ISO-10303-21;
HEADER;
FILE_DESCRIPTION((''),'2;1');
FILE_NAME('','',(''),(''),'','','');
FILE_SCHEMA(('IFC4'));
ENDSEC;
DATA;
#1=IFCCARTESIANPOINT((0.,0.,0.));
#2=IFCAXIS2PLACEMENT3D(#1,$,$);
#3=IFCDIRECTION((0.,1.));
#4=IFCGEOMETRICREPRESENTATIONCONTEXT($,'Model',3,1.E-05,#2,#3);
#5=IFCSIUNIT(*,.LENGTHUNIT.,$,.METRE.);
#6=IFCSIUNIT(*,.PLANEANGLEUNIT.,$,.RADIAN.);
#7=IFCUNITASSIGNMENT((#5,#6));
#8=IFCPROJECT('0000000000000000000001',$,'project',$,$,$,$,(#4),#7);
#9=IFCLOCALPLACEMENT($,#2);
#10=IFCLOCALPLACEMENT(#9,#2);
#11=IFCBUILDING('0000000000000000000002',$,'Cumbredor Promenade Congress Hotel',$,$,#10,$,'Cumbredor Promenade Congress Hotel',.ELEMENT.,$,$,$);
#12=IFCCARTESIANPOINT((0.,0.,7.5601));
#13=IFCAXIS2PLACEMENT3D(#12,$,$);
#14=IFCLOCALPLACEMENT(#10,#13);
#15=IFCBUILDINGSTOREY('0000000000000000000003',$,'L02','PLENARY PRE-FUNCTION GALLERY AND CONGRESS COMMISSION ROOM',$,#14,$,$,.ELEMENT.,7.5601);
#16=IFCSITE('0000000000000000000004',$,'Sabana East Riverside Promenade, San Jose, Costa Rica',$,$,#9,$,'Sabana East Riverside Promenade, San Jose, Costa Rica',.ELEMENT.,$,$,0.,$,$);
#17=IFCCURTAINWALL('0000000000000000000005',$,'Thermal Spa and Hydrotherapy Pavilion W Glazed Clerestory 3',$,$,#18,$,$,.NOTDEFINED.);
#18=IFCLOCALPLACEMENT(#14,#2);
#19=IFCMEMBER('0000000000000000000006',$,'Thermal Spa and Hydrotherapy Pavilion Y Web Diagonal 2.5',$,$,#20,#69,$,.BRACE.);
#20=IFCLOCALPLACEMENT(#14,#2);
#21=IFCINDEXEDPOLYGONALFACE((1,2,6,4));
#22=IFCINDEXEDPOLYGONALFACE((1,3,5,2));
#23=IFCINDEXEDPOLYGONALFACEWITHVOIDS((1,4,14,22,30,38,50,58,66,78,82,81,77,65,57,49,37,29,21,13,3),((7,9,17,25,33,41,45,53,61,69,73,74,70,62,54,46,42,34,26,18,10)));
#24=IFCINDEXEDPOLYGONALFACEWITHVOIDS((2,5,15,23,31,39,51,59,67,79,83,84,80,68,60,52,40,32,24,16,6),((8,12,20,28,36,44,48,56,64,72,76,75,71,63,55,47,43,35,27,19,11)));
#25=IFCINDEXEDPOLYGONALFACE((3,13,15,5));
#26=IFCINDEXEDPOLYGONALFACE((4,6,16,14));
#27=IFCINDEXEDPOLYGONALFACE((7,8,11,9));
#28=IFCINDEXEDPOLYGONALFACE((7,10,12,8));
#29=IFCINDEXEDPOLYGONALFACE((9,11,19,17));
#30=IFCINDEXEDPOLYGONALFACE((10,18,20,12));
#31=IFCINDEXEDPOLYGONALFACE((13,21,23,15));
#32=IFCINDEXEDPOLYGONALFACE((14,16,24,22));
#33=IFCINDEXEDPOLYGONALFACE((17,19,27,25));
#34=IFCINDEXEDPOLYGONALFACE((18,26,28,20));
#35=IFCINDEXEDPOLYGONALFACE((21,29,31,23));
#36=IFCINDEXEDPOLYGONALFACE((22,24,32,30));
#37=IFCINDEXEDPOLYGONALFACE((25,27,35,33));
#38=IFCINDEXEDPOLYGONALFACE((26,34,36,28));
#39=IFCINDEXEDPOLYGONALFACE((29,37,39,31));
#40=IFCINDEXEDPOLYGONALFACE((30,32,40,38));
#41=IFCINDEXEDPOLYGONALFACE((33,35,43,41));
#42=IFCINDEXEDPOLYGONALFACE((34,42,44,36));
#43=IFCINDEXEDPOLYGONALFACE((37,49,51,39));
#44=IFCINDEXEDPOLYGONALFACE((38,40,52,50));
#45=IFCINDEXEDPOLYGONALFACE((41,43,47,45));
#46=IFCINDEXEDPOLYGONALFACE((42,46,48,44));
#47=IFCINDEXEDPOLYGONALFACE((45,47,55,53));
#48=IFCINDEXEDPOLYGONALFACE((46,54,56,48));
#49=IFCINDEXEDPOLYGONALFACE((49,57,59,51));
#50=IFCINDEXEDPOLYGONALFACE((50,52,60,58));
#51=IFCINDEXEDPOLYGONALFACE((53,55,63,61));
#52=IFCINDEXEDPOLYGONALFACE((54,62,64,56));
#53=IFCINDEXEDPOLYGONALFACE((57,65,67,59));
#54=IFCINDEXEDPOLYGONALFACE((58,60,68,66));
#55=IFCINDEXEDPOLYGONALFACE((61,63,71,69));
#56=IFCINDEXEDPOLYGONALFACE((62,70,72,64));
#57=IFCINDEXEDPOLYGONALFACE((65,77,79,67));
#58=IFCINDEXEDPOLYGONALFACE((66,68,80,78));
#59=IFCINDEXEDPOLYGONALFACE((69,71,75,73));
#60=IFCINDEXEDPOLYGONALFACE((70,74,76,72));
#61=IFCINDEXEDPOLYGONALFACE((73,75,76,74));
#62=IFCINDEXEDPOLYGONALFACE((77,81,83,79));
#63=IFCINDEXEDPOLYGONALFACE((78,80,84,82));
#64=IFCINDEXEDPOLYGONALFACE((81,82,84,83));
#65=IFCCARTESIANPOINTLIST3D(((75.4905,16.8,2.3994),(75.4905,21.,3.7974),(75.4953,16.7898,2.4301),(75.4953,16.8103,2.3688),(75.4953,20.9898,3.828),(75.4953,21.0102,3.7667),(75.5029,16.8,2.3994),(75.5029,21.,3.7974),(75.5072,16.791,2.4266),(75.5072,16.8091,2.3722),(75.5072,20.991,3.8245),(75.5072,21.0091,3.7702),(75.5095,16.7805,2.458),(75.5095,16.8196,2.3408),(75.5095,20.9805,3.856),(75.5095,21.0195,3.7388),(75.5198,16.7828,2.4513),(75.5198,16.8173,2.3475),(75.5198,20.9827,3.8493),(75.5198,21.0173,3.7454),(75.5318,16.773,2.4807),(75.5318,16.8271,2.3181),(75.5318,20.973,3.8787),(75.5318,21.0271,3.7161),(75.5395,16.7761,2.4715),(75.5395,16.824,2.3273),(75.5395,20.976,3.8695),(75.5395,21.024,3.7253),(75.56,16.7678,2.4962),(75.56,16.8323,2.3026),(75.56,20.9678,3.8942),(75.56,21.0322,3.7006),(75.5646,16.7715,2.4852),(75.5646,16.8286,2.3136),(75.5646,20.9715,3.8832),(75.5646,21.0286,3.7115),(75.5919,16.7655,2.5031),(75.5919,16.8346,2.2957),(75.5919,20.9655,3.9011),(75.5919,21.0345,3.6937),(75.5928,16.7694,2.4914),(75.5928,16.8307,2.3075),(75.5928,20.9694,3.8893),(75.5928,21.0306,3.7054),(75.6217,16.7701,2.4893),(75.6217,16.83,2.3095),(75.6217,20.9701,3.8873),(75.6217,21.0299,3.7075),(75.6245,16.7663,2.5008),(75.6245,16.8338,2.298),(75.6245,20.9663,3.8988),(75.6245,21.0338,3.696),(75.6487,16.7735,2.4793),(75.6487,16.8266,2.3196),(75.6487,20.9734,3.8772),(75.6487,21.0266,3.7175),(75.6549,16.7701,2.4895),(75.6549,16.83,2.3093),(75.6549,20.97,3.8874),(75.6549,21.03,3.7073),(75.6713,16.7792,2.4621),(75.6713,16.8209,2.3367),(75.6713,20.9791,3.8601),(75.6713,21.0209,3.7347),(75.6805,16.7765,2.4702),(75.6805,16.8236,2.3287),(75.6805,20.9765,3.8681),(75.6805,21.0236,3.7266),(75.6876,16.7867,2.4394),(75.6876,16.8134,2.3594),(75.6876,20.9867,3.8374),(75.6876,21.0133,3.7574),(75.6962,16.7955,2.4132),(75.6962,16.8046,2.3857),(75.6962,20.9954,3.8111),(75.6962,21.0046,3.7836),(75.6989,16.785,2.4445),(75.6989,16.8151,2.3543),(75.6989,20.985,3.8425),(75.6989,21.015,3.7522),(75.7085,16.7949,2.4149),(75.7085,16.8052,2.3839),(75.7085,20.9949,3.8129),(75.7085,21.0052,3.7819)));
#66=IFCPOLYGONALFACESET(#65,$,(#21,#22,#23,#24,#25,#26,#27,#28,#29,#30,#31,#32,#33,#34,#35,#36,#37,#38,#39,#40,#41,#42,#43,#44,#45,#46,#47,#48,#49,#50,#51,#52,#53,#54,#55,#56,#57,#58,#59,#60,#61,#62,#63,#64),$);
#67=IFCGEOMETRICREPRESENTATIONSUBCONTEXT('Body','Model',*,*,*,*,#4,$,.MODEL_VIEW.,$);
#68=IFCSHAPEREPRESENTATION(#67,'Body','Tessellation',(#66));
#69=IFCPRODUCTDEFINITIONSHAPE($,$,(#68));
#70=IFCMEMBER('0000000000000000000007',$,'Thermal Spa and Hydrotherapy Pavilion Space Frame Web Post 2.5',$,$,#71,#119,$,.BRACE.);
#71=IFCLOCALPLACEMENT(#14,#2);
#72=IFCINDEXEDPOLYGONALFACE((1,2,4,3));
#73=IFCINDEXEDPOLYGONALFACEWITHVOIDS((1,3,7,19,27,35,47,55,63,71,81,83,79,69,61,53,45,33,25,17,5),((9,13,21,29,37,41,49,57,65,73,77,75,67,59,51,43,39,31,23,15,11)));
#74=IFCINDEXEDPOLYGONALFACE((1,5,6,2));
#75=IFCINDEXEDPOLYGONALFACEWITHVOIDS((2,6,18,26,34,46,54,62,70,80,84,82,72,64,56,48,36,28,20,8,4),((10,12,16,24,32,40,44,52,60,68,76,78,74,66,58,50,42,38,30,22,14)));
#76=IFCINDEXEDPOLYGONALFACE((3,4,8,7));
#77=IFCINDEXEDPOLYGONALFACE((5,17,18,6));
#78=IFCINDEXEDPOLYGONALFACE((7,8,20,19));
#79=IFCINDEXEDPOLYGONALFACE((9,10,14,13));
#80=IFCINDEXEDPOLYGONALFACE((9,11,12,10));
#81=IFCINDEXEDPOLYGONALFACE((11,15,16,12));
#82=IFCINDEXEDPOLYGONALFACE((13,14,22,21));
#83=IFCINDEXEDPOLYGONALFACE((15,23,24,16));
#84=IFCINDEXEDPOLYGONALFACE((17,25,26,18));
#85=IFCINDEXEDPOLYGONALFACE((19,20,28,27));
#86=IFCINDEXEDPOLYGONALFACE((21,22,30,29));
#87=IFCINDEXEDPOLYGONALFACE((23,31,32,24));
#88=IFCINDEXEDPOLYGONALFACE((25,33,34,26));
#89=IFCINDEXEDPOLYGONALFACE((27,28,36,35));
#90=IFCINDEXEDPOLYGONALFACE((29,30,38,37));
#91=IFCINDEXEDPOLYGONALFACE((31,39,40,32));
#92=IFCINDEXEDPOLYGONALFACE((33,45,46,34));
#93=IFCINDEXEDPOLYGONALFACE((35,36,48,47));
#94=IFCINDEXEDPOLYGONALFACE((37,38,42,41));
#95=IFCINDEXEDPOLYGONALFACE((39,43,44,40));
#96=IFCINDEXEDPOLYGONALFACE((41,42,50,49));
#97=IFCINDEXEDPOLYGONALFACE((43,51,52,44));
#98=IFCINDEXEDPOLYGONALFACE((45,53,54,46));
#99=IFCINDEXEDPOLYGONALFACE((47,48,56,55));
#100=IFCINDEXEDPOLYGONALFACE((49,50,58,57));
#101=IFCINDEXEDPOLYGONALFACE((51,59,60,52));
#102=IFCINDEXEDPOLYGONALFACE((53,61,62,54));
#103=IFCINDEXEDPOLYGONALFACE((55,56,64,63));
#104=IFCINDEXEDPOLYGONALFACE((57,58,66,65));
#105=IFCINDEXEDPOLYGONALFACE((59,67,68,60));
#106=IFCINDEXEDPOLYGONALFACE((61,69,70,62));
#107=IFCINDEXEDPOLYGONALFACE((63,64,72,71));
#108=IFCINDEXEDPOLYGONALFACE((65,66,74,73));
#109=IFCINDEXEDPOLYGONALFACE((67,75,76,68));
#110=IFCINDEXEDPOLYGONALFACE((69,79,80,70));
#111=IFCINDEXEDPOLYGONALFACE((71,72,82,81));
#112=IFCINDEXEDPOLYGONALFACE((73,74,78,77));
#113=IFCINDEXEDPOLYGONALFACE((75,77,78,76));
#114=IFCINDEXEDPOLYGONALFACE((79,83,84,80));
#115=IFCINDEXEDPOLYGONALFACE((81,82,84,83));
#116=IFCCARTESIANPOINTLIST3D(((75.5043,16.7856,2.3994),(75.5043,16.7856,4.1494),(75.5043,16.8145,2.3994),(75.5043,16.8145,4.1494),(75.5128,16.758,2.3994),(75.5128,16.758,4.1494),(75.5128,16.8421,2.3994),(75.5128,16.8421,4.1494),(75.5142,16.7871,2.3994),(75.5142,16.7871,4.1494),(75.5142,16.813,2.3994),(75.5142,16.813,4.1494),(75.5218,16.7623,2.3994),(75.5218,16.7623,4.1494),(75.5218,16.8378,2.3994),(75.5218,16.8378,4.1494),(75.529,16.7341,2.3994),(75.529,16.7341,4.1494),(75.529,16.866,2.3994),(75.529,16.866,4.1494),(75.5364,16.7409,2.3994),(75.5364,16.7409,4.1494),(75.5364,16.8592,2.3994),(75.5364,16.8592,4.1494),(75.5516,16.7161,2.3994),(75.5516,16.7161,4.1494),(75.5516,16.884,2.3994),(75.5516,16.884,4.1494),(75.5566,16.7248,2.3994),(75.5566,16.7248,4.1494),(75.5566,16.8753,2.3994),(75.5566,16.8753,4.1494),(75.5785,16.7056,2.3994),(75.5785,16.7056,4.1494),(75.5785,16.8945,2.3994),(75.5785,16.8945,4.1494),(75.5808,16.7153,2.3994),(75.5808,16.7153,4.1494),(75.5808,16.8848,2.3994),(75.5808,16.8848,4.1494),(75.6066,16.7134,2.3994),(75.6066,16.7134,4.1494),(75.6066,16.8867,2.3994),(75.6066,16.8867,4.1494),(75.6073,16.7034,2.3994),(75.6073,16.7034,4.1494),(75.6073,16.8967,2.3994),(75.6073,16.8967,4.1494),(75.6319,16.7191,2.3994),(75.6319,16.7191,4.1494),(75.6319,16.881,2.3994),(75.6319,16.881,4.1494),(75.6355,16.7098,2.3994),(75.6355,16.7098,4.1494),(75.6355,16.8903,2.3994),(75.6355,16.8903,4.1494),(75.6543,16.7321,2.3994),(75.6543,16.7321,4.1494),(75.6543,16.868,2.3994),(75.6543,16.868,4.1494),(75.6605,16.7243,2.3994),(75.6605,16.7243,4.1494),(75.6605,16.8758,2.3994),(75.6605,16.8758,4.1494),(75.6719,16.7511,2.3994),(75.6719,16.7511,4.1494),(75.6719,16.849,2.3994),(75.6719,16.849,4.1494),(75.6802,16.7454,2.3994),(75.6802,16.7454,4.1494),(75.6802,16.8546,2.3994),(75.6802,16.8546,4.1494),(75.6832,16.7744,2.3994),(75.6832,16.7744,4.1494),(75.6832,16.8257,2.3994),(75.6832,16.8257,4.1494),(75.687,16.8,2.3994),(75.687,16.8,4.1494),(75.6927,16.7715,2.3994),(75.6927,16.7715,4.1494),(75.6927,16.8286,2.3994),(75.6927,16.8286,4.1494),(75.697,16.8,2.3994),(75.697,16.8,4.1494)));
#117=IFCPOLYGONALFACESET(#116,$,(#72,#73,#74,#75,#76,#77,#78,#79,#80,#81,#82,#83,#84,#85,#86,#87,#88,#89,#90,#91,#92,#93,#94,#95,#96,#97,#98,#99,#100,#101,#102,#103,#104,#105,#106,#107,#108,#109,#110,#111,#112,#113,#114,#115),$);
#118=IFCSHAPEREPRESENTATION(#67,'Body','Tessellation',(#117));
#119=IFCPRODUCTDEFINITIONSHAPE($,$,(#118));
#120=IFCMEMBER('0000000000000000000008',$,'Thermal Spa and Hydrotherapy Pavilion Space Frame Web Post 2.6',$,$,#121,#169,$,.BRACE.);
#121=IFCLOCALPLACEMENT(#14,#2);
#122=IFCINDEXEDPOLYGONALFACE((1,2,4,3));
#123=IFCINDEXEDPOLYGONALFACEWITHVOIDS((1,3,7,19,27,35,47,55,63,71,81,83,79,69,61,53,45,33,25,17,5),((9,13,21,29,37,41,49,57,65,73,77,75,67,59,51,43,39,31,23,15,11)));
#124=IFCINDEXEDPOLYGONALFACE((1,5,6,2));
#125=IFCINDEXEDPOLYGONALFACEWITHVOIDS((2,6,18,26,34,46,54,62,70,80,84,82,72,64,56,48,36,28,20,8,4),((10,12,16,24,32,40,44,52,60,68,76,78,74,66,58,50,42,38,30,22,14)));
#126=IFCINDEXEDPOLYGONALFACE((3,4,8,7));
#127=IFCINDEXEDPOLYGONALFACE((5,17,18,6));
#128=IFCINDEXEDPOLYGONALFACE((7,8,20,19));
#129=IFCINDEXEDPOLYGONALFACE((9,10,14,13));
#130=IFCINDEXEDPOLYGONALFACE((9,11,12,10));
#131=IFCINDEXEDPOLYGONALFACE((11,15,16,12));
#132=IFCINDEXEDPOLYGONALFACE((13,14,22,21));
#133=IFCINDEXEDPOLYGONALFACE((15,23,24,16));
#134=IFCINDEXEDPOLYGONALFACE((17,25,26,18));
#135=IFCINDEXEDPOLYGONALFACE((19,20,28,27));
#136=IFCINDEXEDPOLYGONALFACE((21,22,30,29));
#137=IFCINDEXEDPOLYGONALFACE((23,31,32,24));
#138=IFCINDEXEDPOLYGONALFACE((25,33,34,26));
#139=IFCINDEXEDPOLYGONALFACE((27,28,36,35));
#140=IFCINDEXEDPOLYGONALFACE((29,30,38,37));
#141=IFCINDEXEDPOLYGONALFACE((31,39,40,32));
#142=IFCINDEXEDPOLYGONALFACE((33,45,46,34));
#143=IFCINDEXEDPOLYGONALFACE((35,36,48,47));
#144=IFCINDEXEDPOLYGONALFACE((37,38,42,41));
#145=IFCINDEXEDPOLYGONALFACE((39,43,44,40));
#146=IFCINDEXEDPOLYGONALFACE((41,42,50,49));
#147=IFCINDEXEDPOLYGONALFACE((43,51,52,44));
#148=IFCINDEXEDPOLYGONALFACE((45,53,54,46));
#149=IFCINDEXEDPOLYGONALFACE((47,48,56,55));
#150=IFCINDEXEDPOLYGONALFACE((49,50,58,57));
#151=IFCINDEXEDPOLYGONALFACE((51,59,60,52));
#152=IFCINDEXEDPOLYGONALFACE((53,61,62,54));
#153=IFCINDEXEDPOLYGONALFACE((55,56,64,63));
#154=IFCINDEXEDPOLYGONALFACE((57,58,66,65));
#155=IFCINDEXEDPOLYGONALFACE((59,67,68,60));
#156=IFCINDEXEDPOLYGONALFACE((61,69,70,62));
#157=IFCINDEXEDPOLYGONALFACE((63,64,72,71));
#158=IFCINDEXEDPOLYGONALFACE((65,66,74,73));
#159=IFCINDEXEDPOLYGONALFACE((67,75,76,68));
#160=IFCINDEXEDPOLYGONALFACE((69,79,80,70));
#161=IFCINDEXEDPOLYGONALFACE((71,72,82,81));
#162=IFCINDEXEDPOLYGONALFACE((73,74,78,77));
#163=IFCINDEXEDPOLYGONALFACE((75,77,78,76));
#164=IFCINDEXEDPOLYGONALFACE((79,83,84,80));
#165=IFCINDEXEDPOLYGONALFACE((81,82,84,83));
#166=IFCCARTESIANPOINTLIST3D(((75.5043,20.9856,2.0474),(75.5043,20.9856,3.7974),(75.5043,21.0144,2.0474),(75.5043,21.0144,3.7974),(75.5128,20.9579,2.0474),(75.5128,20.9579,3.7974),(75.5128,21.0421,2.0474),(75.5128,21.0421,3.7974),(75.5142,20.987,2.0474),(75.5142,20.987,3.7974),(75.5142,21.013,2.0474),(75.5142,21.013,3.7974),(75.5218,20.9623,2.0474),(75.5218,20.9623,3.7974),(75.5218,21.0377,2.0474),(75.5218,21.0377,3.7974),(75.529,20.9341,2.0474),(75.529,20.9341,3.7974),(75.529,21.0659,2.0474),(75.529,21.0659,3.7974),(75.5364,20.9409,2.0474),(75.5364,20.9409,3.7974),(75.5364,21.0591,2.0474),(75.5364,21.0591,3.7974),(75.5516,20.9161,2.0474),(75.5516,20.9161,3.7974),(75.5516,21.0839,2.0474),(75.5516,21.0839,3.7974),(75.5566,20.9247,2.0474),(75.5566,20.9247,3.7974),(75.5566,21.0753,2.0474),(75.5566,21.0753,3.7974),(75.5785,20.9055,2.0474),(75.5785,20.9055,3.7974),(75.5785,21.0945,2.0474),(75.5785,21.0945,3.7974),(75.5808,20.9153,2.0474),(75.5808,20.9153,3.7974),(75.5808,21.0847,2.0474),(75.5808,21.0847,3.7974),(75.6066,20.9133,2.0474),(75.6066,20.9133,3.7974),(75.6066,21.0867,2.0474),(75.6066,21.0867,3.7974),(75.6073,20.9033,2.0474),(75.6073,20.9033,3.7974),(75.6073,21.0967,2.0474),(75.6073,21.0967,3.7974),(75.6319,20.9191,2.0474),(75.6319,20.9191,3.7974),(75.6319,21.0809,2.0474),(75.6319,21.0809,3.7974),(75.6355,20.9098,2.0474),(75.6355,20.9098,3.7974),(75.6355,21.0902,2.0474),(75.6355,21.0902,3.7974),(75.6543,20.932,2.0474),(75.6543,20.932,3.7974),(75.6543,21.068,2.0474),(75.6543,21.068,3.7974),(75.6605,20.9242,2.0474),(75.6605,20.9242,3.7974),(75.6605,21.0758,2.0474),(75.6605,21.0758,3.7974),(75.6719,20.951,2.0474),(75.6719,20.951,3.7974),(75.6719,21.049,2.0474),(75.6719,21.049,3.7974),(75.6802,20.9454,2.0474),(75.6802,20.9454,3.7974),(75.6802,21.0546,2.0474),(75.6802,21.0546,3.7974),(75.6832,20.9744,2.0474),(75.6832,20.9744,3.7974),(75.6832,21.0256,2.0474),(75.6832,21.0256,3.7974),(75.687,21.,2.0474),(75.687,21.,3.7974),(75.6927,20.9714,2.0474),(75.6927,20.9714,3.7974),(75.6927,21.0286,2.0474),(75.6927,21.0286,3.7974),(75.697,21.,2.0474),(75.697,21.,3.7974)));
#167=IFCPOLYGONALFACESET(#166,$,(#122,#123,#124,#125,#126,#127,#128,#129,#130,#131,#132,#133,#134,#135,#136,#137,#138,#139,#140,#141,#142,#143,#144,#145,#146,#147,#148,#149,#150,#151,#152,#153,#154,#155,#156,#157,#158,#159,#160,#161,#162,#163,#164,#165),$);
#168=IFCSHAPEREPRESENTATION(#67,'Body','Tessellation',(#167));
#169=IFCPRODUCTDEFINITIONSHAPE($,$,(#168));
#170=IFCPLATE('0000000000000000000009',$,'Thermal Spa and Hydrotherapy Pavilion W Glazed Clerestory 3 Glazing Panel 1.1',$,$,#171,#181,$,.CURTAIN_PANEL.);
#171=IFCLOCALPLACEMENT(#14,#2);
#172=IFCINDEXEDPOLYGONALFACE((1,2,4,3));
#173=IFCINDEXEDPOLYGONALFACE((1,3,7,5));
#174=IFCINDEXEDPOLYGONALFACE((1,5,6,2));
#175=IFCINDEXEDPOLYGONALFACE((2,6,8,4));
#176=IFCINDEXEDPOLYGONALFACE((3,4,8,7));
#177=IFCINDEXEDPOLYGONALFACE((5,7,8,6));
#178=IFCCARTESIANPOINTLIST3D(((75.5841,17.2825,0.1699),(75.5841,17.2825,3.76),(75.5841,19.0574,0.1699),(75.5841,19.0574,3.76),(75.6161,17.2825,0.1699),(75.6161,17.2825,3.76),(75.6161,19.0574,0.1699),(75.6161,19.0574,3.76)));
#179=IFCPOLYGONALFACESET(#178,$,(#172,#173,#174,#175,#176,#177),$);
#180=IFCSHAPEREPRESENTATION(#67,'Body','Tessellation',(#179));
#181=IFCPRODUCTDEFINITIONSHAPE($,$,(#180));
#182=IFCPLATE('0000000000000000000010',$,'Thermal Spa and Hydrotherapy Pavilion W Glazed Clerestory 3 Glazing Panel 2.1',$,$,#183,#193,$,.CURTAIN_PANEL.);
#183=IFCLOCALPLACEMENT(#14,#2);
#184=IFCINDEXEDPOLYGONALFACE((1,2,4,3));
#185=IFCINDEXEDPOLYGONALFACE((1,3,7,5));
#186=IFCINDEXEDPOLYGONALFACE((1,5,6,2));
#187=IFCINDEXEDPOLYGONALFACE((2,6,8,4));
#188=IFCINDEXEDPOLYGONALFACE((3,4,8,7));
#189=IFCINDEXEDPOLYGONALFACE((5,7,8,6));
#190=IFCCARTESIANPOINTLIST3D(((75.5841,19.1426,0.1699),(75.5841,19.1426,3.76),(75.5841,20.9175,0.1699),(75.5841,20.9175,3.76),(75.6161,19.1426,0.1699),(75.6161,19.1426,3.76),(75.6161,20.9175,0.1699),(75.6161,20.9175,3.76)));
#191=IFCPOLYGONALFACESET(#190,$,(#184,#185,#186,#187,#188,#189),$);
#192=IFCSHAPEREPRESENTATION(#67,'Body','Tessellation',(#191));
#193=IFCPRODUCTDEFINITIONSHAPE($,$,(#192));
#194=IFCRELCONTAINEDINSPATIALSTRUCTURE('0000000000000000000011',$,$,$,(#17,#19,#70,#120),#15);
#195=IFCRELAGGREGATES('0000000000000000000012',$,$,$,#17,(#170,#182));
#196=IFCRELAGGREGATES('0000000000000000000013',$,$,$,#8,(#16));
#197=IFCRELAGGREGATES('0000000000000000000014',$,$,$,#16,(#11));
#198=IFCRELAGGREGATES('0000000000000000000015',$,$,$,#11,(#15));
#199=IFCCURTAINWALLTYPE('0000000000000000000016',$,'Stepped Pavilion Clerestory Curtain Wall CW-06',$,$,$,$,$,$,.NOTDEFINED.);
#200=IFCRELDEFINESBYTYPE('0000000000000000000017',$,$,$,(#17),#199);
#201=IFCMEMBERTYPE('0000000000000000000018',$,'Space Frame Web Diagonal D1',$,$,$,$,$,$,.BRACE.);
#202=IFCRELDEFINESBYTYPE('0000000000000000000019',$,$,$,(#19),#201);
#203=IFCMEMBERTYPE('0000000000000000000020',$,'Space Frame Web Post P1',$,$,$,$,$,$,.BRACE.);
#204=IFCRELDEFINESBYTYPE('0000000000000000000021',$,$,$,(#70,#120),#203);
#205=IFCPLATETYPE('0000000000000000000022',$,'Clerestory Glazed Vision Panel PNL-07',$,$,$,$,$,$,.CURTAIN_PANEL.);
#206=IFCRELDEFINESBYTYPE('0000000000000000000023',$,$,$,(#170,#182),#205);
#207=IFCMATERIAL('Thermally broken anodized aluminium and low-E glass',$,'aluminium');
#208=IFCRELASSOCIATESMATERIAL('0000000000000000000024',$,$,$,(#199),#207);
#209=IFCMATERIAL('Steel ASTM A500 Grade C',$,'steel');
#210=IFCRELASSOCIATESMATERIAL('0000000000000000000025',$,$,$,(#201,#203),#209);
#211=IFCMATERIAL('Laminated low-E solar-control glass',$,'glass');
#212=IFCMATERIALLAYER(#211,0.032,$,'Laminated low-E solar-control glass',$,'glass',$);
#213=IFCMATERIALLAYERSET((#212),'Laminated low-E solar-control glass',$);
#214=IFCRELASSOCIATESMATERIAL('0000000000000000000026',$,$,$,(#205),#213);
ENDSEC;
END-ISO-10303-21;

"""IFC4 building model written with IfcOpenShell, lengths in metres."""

from ifc_helpers import new_model, si_unit, direction, frame, origin, origin_2d, place, context, subcontext, project, spatial, rectangle, hollow_circle, extrude, material, layer, layer_set, material_profile, profile_set, type_object, element, aggregate, save


model = new_model("IFC4")

# Units and contexts
model_context = context("Model", 3, precision=1e-05, world=origin(), true_north=direction((0.0, 1.0)))
body_context = subcontext(model_context, "Body", "Model", "MODEL_VIEW")
ifc_project = project(units=[si_unit("LENGTHUNIT", "METRE"), si_unit("PLANEANGLEUNIT", "RADIAN")], contexts=[model_context])

# Site, building, storey
site_placement = place(None, origin())
site = spatial("IfcSite", under=ifc_project, at=site_placement, Name="Sabana East Riverside Promenade, San Jose, Costa Rica", LongName="Sabana East Riverside Promenade, San Jose, Costa Rica", CompositionType="ELEMENT", RefElevation=0.0)
building_placement = place(site_placement, origin())
building = spatial("IfcBuilding", under=site, at=building_placement, Name="Cumbredor Promenade Congress Hotel", LongName="Cumbredor Promenade Congress Hotel", CompositionType="ELEMENT")
storey_placement = place(building_placement, frame((0.0, 0.0, 7.5601)))
storey = spatial("IfcBuildingStorey", under=building, at=storey_placement, Name="L02", Description="PLENARY PRE-FUNCTION GALLERY AND CONGRESS COMMISSION ROOM", CompositionType="ELEMENT", Elevation=7.5601)

# Shared definitions
ifc_material_1 = material(Name="Thermally broken anodized aluminium and low-E glass", Category="aluminium")
curtain_wall_type = type_object("IfcCurtainWallType", Name="Stepped Pavilion Clerestory Curtain Wall CW-06", PredefinedType="NOTDEFINED", material=ifc_material_1)

# Curtain wall
curtain_wall_1_placement = place(storey_placement, origin())
curtain_wall_1 = element("IfcCurtainWall", 1, at=curtain_wall_1_placement, inside=storey, type_object=curtain_wall_type, Name="Thermal Spa and Hydrotherapy Pavilion W Glazed Clerestory 3", PredefinedType="NOTDEFINED")

# Members
ifc_material_2 = material(Name="Steel ASTM A500 Grade C", Category="steel")
ifc_material_profile_1 = material_profile(ifc_material_2, hollow_circle(Radius=0.1096, WallThickness=0.0125, at=origin_2d()), Name="CHS 219.1x12.5")
ifc_profile_set_1 = profile_set([ifc_material_profile_1], Name="Steel ASTM A500 Grade C")
member_type_1 = type_object("IfcMemberType", Name="Space Frame Web Diagonal D1", PredefinedType="BRACE", material=ifc_profile_set_1)
member_1_placement = place(storey_placement, frame((75.6001, 16.8, 2.3994), z_axis=(0.0, 0.948821, 0.315814), x_axis=(-1.0, 0.0, 0.0)))
element("IfcMember", 2, at=member_1_placement, inside=storey, type_object=member_type_1, Name="Thermal Spa and Hydrotherapy Pavilion Y Web Diagonal 2.5", PredefinedType="BRACE", context=body_context, shape_type="SweptSolid", body=[
    extrude(hollow_circle(Radius=0.1096, WallThickness=0.0125, at=origin_2d()), origin(), (0.0, 0.0, 1.0), 4.4265),
])
ifc_material_profile_2 = material_profile(ifc_material_2, hollow_circle(Radius=0.0969, WallThickness=0.01, at=origin_2d()), Name="CHS 193.7x10")
ifc_profile_set_2 = profile_set([ifc_material_profile_2], Name="Steel ASTM A500 Grade C")
member_type_2 = type_object("IfcMemberType", Name="Space Frame Web Post P1", PredefinedType="BRACE", material=ifc_profile_set_2)
for number, where, z_axis, x_axis, name in (
    (3, (75.6001, 16.8, 2.3994), (0.0, 0.0, 1.0), (1.0, 0.0, 0.0), "Thermal Spa and Hydrotherapy Pavilion Space Frame Web Post 2.5"),
    (4, (75.6001, 21.0, 2.0474), (0.0, 0.0, 1.0), (1.0, 0.0, 0.0), "Thermal Spa and Hydrotherapy Pavilion Space Frame Web Post 2.6"),
):
    element("IfcMember", number, at=place(storey_placement, frame(where, z_axis=z_axis, x_axis=x_axis)), inside=storey, type_object=member_type_2, Name=name, PredefinedType="BRACE", context=body_context, shape_type="SweptSolid", body=[
        extrude(hollow_circle(Radius=0.0969, WallThickness=0.01, at=origin_2d()), origin(), (0.0, 0.0, 1.0), 1.75),
    ])

# Plates
ifc_material_3 = material(Name="Laminated low-E solar-control glass", Category="glass")
ifc_layer_1 = layer(ifc_material_3, 0.032, Name="Laminated low-E solar-control glass", Category="glass")
ifc_layer_set_1 = layer_set([ifc_layer_1], Name="Laminated low-E solar-control glass")
plate_type_1 = type_object("IfcPlateType", Name="Clerestory Glazed Vision Panel PNL-07", PredefinedType="CURTAIN_PANEL", material=ifc_layer_set_1)
plate_1_placement = place(storey_placement, frame((75.6001, 18.1699, 0.1699), z_axis=(0.0, 0.0, 1.0), x_axis=(0.0, 1.0, 0.0)))
plate_1 = element("IfcPlate", 5, at=plate_1_placement, type_object=plate_type_1, Name="Thermal Spa and Hydrotherapy Pavilion W Glazed Clerestory 3 Glazing Panel 1.1", PredefinedType="CURTAIN_PANEL", context=body_context, shape_type="SweptSolid", body=[
    extrude(rectangle(XDim=1.7749, YDim=0.032, at=origin_2d()), origin(), (0.0, 0.0, 1.0), 3.5901),
])
plate_2_placement = place(storey_placement, frame((75.6001, 20.03, 0.1699), z_axis=(0.0, 0.0, 1.0), x_axis=(0.0, 1.0, 0.0)))
plate_2 = element("IfcPlate", 6, at=plate_2_placement, type_object=plate_type_1, Name="Thermal Spa and Hydrotherapy Pavilion W Glazed Clerestory 3 Glazing Panel 2.1", PredefinedType="CURTAIN_PANEL", context=body_context, shape_type="SweptSolid", body=[
    extrude(rectangle(XDim=1.7749, YDim=0.032, at=origin_2d()), origin(), (0.0, 0.0, 1.0), 3.5901),
])
aggregate(curtain_wall_1, [plate_1, plate_2])

save(model, "model.ifc")
